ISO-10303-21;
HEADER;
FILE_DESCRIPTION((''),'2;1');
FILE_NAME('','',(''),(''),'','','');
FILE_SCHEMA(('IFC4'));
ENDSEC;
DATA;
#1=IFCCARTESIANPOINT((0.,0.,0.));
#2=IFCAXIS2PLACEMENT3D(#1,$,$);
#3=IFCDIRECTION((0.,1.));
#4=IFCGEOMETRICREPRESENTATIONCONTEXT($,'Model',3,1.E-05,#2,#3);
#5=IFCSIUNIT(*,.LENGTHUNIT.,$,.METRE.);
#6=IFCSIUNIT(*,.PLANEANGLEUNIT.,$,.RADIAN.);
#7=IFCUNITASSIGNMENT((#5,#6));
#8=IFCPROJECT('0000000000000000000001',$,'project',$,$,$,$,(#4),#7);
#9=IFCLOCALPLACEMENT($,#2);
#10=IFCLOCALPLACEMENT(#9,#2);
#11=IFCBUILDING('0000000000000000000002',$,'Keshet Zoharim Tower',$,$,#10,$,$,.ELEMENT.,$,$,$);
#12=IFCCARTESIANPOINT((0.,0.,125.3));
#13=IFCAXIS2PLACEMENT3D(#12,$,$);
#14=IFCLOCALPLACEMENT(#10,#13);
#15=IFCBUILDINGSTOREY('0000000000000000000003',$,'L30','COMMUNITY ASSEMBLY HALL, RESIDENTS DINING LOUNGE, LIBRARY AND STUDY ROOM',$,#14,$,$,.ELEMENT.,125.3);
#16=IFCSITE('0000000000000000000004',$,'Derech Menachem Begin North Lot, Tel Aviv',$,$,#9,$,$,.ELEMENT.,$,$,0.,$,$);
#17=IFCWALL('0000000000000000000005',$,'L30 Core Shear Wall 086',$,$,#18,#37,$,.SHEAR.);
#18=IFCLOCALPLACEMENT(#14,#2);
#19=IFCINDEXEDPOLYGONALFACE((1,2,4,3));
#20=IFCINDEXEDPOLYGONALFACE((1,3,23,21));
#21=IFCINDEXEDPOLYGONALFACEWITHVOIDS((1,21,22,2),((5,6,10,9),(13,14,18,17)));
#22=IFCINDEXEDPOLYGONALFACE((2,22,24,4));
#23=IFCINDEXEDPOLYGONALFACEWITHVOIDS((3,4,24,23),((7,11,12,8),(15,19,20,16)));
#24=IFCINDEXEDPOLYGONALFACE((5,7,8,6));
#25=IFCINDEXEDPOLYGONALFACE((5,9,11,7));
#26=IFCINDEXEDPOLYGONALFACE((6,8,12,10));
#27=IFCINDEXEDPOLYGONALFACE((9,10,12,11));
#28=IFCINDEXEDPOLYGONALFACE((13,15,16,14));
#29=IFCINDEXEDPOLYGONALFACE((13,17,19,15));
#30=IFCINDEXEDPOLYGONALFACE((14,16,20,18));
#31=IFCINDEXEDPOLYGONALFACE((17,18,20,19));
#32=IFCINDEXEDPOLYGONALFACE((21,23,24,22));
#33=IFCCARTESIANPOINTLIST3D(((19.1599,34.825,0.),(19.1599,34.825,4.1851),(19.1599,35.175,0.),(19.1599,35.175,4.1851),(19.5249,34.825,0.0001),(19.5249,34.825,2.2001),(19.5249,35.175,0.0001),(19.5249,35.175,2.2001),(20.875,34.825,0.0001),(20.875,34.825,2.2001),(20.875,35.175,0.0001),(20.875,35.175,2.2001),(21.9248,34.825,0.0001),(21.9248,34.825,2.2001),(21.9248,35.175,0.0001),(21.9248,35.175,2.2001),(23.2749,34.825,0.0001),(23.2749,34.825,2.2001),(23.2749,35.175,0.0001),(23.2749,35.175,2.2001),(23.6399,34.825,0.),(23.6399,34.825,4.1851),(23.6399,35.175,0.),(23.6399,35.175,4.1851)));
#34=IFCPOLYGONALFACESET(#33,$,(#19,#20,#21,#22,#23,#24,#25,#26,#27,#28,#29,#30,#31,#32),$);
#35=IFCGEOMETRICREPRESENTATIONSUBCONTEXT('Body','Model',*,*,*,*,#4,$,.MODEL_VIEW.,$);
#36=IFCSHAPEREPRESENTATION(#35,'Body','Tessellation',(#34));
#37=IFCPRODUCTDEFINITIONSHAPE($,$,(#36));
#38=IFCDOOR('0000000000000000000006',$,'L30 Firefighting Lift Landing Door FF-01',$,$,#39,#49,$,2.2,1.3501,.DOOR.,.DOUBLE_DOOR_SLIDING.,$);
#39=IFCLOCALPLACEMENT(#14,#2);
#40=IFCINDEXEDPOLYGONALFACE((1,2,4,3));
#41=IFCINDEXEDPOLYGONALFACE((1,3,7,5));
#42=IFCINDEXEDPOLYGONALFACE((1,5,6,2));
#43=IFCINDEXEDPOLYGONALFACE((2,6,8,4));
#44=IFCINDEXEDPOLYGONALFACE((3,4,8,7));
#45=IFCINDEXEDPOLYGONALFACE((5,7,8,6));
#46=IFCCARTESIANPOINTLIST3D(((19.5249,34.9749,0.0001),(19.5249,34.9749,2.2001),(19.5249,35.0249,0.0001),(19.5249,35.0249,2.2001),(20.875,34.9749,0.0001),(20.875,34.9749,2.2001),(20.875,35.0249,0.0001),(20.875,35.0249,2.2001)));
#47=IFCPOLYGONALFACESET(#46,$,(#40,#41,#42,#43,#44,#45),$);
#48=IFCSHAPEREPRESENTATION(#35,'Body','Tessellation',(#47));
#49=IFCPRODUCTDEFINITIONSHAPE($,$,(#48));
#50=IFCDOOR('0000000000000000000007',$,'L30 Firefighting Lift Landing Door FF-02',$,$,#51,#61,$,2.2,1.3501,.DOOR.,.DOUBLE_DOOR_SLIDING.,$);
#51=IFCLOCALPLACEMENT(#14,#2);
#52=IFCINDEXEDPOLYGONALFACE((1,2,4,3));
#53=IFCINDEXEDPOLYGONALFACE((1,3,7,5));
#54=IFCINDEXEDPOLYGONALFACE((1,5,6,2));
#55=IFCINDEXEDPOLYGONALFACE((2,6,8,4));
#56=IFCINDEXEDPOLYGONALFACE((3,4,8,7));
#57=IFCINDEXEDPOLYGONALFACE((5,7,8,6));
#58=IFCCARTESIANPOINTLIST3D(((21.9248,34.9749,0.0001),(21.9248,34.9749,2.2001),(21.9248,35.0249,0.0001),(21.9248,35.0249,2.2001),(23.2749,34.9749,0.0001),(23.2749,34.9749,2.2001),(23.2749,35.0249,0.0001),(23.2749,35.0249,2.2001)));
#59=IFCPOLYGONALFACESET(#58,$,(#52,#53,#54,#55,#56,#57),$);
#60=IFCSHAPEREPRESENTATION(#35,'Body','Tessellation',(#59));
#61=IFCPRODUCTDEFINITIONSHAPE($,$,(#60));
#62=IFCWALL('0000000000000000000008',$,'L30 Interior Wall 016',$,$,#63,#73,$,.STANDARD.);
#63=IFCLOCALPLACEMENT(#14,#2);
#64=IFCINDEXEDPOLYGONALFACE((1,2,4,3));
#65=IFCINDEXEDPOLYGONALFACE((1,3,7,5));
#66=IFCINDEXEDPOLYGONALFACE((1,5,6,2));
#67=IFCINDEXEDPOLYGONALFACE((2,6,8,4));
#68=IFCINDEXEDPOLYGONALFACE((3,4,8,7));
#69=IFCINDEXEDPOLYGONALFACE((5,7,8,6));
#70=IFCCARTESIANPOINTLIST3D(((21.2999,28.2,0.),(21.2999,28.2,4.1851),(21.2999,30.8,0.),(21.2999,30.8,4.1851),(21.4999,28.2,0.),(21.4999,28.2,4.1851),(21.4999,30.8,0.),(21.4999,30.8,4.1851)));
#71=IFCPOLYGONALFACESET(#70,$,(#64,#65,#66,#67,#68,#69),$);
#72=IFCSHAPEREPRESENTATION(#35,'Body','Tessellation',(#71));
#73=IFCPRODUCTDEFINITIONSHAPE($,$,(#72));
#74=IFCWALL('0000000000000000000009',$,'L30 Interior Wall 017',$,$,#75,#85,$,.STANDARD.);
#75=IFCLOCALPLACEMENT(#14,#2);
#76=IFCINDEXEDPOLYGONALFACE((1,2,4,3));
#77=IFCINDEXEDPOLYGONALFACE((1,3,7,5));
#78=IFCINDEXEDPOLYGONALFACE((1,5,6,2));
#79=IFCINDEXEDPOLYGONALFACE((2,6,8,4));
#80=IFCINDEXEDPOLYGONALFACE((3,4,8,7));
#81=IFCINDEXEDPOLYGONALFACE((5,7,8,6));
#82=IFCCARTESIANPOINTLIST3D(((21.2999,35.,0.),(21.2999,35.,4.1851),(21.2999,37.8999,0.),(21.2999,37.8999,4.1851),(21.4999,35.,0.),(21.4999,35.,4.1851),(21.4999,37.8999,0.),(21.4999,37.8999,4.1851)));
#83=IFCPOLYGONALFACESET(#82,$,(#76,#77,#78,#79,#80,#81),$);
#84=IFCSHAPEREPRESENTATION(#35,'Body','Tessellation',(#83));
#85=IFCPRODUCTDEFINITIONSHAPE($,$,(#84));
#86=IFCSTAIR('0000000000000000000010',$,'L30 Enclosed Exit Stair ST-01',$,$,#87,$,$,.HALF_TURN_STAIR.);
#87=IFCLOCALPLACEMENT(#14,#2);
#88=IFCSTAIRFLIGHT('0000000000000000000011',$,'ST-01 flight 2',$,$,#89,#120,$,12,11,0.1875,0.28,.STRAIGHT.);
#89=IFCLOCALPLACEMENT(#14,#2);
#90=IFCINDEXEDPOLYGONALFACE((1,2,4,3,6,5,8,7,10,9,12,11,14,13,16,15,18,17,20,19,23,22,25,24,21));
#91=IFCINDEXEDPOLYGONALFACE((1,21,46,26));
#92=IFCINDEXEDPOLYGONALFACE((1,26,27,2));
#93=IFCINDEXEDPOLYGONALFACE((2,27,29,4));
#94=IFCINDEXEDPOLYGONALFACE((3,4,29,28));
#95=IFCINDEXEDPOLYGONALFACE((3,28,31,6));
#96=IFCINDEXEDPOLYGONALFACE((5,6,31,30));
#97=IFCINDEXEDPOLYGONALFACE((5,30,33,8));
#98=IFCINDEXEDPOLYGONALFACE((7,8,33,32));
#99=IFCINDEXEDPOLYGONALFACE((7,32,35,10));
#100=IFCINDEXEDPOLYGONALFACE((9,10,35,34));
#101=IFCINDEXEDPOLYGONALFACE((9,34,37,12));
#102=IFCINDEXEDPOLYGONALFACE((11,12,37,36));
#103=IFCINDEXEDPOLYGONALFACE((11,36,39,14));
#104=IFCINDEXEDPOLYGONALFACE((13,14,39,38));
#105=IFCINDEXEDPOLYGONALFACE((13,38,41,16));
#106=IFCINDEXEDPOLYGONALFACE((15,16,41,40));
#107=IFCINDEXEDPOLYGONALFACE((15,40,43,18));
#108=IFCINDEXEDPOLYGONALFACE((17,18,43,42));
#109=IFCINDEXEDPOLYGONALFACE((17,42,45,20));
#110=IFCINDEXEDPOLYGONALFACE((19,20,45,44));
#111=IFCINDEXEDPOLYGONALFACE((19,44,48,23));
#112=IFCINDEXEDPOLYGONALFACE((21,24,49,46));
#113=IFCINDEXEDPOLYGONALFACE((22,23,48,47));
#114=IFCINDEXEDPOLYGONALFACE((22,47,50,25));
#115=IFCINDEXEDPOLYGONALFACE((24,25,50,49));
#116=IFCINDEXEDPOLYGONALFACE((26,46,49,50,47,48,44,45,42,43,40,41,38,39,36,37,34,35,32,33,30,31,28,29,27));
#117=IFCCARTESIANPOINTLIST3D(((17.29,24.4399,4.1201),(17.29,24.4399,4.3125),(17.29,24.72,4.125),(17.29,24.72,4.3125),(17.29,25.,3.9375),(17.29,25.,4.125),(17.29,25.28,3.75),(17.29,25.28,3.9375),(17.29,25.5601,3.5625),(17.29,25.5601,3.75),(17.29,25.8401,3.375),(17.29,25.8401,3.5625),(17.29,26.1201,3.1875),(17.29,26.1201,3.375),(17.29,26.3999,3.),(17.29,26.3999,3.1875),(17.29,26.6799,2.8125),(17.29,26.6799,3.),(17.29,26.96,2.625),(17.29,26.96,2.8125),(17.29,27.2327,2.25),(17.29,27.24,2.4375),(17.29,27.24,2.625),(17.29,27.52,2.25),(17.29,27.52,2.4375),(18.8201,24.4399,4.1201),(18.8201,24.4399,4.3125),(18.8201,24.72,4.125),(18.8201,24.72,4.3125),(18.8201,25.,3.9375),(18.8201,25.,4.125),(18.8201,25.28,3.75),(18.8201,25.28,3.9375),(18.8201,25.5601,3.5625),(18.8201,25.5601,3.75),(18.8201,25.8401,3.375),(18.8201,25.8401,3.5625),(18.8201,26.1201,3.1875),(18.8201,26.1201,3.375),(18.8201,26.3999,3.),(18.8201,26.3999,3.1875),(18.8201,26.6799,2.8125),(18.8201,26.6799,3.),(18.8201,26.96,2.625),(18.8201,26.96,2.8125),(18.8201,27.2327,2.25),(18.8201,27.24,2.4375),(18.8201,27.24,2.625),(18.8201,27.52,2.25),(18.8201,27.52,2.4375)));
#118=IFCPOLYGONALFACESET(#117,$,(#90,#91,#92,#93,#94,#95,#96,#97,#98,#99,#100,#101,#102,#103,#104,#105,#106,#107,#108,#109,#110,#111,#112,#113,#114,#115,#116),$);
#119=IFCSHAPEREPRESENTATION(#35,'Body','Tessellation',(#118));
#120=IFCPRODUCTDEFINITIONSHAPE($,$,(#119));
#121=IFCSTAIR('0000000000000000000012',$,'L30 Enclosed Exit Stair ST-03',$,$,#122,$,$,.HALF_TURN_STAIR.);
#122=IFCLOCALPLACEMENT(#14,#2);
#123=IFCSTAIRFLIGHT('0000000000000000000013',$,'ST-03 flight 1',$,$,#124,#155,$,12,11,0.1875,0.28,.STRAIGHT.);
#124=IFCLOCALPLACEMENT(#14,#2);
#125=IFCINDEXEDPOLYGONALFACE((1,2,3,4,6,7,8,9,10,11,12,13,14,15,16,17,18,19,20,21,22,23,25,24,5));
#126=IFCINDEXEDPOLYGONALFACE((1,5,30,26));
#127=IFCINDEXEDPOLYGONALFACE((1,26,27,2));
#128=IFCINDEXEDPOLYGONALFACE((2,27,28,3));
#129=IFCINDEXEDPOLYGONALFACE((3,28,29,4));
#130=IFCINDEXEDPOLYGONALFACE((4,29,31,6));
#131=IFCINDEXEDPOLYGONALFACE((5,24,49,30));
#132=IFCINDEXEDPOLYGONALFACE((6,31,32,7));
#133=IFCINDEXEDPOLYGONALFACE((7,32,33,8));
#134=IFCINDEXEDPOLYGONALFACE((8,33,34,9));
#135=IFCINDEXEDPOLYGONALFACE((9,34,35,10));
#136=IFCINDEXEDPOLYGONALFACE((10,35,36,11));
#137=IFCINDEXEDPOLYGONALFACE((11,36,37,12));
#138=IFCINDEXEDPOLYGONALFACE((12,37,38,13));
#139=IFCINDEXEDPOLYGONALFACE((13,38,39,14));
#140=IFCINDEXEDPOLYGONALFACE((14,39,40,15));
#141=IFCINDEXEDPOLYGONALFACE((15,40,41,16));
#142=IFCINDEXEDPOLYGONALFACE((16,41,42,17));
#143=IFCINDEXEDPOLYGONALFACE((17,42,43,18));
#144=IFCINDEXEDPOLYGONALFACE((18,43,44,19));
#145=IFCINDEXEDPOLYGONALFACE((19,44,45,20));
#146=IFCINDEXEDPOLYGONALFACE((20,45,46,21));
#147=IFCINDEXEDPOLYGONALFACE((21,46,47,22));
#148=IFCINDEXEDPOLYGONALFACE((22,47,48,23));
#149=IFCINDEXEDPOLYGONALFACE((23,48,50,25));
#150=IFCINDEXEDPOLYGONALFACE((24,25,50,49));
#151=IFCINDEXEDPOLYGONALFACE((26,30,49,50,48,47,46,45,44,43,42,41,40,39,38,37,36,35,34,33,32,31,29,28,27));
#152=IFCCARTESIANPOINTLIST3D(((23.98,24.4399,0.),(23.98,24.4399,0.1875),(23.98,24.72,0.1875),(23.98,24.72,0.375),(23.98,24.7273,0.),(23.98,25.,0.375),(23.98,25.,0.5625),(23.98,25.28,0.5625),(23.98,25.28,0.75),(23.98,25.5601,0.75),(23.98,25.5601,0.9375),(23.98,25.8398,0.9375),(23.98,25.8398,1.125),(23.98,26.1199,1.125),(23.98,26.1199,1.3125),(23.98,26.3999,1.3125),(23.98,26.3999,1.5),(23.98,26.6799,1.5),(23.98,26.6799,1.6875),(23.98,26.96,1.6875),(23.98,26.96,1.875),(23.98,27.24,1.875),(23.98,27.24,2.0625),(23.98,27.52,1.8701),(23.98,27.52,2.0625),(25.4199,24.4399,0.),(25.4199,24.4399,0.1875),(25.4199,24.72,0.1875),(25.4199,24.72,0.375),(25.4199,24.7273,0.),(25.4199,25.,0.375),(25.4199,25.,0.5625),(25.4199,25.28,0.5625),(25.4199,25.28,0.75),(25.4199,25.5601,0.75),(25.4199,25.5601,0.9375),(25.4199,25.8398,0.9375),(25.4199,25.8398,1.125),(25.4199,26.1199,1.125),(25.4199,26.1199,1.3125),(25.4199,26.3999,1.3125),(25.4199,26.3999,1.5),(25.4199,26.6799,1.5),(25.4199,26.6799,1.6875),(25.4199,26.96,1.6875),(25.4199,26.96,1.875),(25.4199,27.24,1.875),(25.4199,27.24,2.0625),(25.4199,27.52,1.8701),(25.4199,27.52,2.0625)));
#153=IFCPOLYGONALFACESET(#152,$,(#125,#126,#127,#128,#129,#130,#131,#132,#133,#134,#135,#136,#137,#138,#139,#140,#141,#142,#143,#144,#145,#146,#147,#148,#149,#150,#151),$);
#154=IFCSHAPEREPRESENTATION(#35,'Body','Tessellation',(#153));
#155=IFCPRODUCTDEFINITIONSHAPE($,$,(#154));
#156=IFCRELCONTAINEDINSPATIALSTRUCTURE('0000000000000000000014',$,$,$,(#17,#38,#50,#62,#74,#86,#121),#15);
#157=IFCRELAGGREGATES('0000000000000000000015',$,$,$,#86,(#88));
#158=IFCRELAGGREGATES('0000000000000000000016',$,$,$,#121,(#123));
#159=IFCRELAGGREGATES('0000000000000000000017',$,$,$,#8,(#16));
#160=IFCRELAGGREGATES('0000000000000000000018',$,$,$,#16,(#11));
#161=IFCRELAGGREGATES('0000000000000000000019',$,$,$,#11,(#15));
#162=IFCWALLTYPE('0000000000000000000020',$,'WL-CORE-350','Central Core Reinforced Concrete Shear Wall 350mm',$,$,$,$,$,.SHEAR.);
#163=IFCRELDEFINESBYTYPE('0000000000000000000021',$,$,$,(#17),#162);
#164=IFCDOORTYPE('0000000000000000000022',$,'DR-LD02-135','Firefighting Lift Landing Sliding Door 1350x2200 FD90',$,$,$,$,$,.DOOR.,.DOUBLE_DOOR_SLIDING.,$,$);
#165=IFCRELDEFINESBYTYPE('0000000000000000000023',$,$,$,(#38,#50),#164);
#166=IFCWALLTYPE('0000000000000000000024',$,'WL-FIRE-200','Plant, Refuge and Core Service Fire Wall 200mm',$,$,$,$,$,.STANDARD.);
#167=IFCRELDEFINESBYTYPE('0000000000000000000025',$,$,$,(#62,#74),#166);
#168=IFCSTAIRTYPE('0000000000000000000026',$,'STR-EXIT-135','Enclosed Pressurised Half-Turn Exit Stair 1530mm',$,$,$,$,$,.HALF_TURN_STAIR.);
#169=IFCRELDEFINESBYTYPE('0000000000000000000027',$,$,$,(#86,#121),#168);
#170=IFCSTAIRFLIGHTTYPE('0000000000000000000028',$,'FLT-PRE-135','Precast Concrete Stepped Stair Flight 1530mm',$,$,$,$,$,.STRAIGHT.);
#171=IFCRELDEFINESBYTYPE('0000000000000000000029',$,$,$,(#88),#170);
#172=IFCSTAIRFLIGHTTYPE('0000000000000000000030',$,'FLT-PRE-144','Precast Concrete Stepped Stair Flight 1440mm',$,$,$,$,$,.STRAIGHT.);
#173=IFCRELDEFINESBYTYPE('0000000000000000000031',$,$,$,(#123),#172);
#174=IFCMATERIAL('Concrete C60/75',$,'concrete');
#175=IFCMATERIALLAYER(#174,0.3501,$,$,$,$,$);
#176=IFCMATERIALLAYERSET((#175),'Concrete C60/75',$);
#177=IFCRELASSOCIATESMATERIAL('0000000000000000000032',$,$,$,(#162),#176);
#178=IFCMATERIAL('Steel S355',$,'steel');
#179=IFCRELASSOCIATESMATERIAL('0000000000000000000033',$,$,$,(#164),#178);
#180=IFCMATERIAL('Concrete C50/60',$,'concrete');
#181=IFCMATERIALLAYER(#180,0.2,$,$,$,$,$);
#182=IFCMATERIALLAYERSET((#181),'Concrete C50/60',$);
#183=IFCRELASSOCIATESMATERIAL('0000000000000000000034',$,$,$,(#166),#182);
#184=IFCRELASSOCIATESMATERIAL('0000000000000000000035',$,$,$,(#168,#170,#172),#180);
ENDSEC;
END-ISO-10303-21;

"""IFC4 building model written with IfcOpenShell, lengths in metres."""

from ifc_helpers import new_model, si_unit, direction, frame, frame_2d, origin, place, context, subcontext, project, spatial, polyline, rectangle, outline, extrude, material, layer, layer_set, type_object, element, fill, aggregate, save


model = new_model("IFC4")

# Units and contexts
model_context = context("Model", 3, precision=1e-05, world=origin(), true_north=direction((0.0, 1.0)))
body_context = subcontext(model_context, "Body", "Model", "MODEL_VIEW")
ifc_project = project(units=[si_unit("LENGTHUNIT", "METRE"), si_unit("PLANEANGLEUNIT", "RADIAN")], contexts=[model_context])

# Site, building, storey
site_placement = place(None, origin())
site = spatial("IfcSite", under=ifc_project, at=site_placement, Name="Derech Menachem Begin North Lot, Tel Aviv", CompositionType="ELEMENT", RefElevation=0.0)
building_placement = place(site_placement, origin())
building = spatial("IfcBuilding", under=site, at=building_placement, Name="Keshet Zoharim Tower", CompositionType="ELEMENT")
storey_placement = place(building_placement, frame((0.0, 0.0, 125.3)))
storey = spatial("IfcBuildingStorey", under=building, at=storey_placement, Name="L30", Description="COMMUNITY ASSEMBLY HALL, RESIDENTS DINING LOUNGE, LIBRARY AND STUDY ROOM", CompositionType="ELEMENT", Elevation=125.3)

# Shared definitions
ifc_material_1 = material(Name="Concrete C60/75", Category="concrete")
ifc_layer_1 = layer(ifc_material_1, 0.3501)
ifc_layer_set_1 = layer_set([ifc_layer_1], Name="Concrete C60/75")
wall_type_1 = type_object("IfcWallType", Name="WL-CORE-350", Description="Central Core Reinforced Concrete Shear Wall 350mm", PredefinedType="SHEAR", material=ifc_layer_set_1)

# Shared definitions
ifc_material_2 = material(Name="Steel S355", Category="steel")

# Wall, openings, doors
wall_1_placement = place(storey_placement, frame((19.1599, 35.0, 0.0), z_axis=(0.0, 0.0, 1.0), x_axis=(1.0, 0.0, 0.0)))
wall_1 = element("IfcWall", 1, at=wall_1_placement, inside=storey, type_object=wall_type_1, Name="L30 Core Shear Wall 086", PredefinedType="SHEAR", context=body_context, shape_type="SweptSolid", body=[
    extrude(rectangle(XDim=4.48, YDim=0.3501, at=frame_2d((2.24, 0.0))), origin(), (0.0, 0.0, 1.0), 4.1851),
])
opening_1_placement = place(wall_1_placement, frame((0.365, 0.0, 0.0)))
opening_1 = element("IfcOpeningElement", 2, at=opening_1_placement, cuts=wall_1, PredefinedType="OPENING", context=body_context, shape_type="SweptSolid", body=[
    extrude(rectangle(XDim=1.3501, YDim=2.2, at=frame_2d((0.675, 1.1001))), frame((0.0, 0.1851, 0.0), z_axis=(0.0, -1.0, 0.0), x_axis=(1.0, 0.0, 0.0)), (0.0, 0.0, 1.0), 0.3701),
])
opening_2_placement = place(wall_1_placement, frame((2.7649, 0.0, 0.0)))
opening_2 = element("IfcOpeningElement", 3, at=opening_2_placement, cuts=wall_1, PredefinedType="OPENING", context=body_context, shape_type="SweptSolid", body=[
    extrude(rectangle(XDim=1.3501, YDim=2.2, at=frame_2d((0.675, 1.1001))), frame((0.0, 0.1851, 0.0), z_axis=(0.0, -1.0, 0.0), x_axis=(1.0, 0.0, 0.0)), (0.0, 0.0, 1.0), 0.3701),
])
door_type_1 = type_object("IfcDoorType", Name="DR-LD02-135", Description="Firefighting Lift Landing Sliding Door 1350x2200 FD90", OperationType="DOUBLE_DOOR_SLIDING", PredefinedType="DOOR", material=ifc_material_2)
door_1_placement = place(opening_1_placement, origin())
door_1 = element("IfcDoor", 4, at=door_1_placement, inside=storey, type_object=door_type_1, Name="L30 Firefighting Lift Landing Door FF-01", OperationType="DOUBLE_DOOR_SLIDING", OverallHeight=2.2, OverallWidth=1.3501, PredefinedType="DOOR", context=body_context, shape_type="SweptSolid", body=[
    extrude(rectangle(XDim=1.3501, YDim=2.2, at=frame_2d((0.675, 1.1001))), frame((0.0, 0.0249, 0.0), z_axis=(0.0, -1.0, 0.0), x_axis=(1.0, 0.0, 0.0)), (0.0, 0.0, 1.0), 0.05),
])
fill(opening_1, door_1)
door_2_placement = place(opening_2_placement, origin())
door_2 = element("IfcDoor", 5, at=door_2_placement, inside=storey, type_object=door_type_1, Name="L30 Firefighting Lift Landing Door FF-02", OperationType="DOUBLE_DOOR_SLIDING", OverallHeight=2.2, OverallWidth=1.3501, PredefinedType="DOOR", context=body_context, shape_type="SweptSolid", body=[
    extrude(rectangle(XDim=1.3501, YDim=2.2, at=frame_2d((0.675, 1.1001))), frame((0.0, 0.0249, 0.0), z_axis=(0.0, -1.0, 0.0), x_axis=(1.0, 0.0, 0.0)), (0.0, 0.0, 1.0), 0.05),
])
fill(opening_2, door_2)

# Walls
ifc_material_3 = material(Name="Concrete C50/60", Category="concrete")
ifc_layer_2 = layer(ifc_material_3, 0.2)
ifc_layer_set_2 = layer_set([ifc_layer_2], Name="Concrete C50/60")
wall_type_2 = type_object("IfcWallType", Name="WL-FIRE-200", Description="Plant, Refuge and Core Service Fire Wall 200mm", PredefinedType="STANDARD", material=ifc_layer_set_2)
wall_2_placement = place(storey_placement, frame((21.3999, 28.2, 0.0), z_axis=(0.0, 0.0, 1.0), x_axis=(0.0, 1.0, 0.0)))
element("IfcWall", 6, at=wall_2_placement, inside=storey, type_object=wall_type_2, Name="L30 Interior Wall 016", PredefinedType="STANDARD", context=body_context, shape_type="SweptSolid", body=[
    extrude(rectangle(XDim=2.6001, YDim=0.2, at=frame_2d((1.3, 0.0))), origin(), (0.0, 0.0, 1.0), 4.1851),
])
wall_3_placement = place(storey_placement, frame((21.3999, 35.0, 0.0), z_axis=(0.0, 0.0, 1.0), x_axis=(0.0, 1.0, 0.0)))
element("IfcWall", 7, at=wall_3_placement, inside=storey, type_object=wall_type_2, Name="L30 Interior Wall 017", PredefinedType="STANDARD", context=body_context, shape_type="SweptSolid", body=[
    extrude(rectangle(XDim=2.8999, YDim=0.2, at=frame_2d((1.45, 0.0))), origin(), (0.0, 0.0, 1.0), 4.1851),
])

# Stair, stair flight
stair_type = type_object("IfcStairType", Name="STR-EXIT-135", Description="Enclosed Pressurised Half-Turn Exit Stair 1530mm", PredefinedType="HALF_TURN_STAIR", material=ifc_material_3)
stair_1_placement = place(storey_placement, origin())
stair_1 = element("IfcStair", 8, at=stair_1_placement, inside=storey, type_object=stair_type, Name="L30 Enclosed Exit Stair ST-01", PredefinedType="HALF_TURN_STAIR")
stair_flight_type_1 = type_object("IfcStairFlightType", Name="FLT-PRE-135", Description="Precast Concrete Stepped Stair Flight 1530mm", PredefinedType="STRAIGHT", material=ifc_material_3)
stair_flight_1_placement = place(storey_placement, frame((18.0549, 27.52, 2.25), z_axis=(0.0, 0.0, 1.0), x_axis=(0.0, -1.0, 0.0)))
stair_flight_1 = element("IfcStairFlight", 9, at=stair_flight_1_placement, type_object=stair_flight_type_1, Name="ST-01 flight 2", NumberOfRisers=12, NumberOfTreads=11, PredefinedType="STRAIGHT", RiserHeight=0.1875, TreadLength=0.28, context=body_context, shape_type="SweptSolid", body=[
    extrude(outline(polyline([(0.0, 0.0), (0.0, 0.1875), (0.28, 0.1875), (0.28, 0.375), (0.5601, 0.375), (0.5601, 0.5625), (0.8401, 0.5625), (0.8401, 0.75), (1.1201, 0.75), (1.1201, 0.9375), (1.3999, 0.9375), (1.3999, 1.125), (1.6799, 1.125), (1.6799, 1.3125), (1.96, 1.3125), (1.96, 1.5), (2.24, 1.5), (2.24, 1.6875), (2.52, 1.6875), (2.52, 1.875), (2.8, 1.875), (2.8, 2.0625), (3.0801, 2.0625), (3.0801, 2.25), (3.0801, 1.8701), (0.2874, 0.0), (0.0, 0.0)])), frame((0.0, 0.7651, 0.0), z_axis=(0.0, -1.0, 0.0), x_axis=(1.0, 0.0, 0.0)), (0.0, 0.0, 1.0), 1.53),
])
aggregate(stair_1, [stair_flight_1])

# Stair, stair flight
stair_2_placement = place(storey_placement, origin())
stair_2 = element("IfcStair", 10, at=stair_2_placement, inside=storey, type_object=stair_type, Name="L30 Enclosed Exit Stair ST-03", PredefinedType="HALF_TURN_STAIR")
stair_flight_type_2 = type_object("IfcStairFlightType", Name="FLT-PRE-144", Description="Precast Concrete Stepped Stair Flight 1440mm", PredefinedType="STRAIGHT", material=ifc_material_3)
stair_flight_2_placement = place(storey_placement, frame((24.7, 24.4399, 0.0), z_axis=(0.0, 0.0, 1.0), x_axis=(0.0, 1.0, 0.0)))
stair_flight_2 = element("IfcStairFlight", 11, at=stair_flight_2_placement, type_object=stair_flight_type_2, Name="ST-03 flight 1", NumberOfRisers=12, NumberOfTreads=11, PredefinedType="STRAIGHT", RiserHeight=0.1875, TreadLength=0.28, context=body_context, shape_type="SweptSolid", body=[
    extrude(outline(polyline([(0.0, 0.0), (0.0, 0.1875), (0.28, 0.1875), (0.28, 0.375), (0.5601, 0.375), (0.5601, 0.5625), (0.8401, 0.5625), (0.8401, 0.75), (1.1201, 0.75), (1.1201, 0.9375), (1.3999, 0.9375), (1.3999, 1.125), (1.6799, 1.125), (1.6799, 1.3125), (1.96, 1.3125), (1.96, 1.5), (2.24, 1.5), (2.24, 1.6875), (2.52, 1.6875), (2.52, 1.875), (2.8, 1.875), (2.8, 2.0625), (3.0801, 2.0625), (3.0801, 2.25), (3.0801, 1.8701), (0.2874, 0.0), (0.0, 0.0)])), frame((0.0, 0.72, 0.0), z_axis=(0.0, -1.0, 0.0), x_axis=(1.0, 0.0, 0.0)), (0.0, 0.0, 1.0), 1.4399),
])
aggregate(stair_2, [stair_flight_2])

save(model, "model.ifc")
